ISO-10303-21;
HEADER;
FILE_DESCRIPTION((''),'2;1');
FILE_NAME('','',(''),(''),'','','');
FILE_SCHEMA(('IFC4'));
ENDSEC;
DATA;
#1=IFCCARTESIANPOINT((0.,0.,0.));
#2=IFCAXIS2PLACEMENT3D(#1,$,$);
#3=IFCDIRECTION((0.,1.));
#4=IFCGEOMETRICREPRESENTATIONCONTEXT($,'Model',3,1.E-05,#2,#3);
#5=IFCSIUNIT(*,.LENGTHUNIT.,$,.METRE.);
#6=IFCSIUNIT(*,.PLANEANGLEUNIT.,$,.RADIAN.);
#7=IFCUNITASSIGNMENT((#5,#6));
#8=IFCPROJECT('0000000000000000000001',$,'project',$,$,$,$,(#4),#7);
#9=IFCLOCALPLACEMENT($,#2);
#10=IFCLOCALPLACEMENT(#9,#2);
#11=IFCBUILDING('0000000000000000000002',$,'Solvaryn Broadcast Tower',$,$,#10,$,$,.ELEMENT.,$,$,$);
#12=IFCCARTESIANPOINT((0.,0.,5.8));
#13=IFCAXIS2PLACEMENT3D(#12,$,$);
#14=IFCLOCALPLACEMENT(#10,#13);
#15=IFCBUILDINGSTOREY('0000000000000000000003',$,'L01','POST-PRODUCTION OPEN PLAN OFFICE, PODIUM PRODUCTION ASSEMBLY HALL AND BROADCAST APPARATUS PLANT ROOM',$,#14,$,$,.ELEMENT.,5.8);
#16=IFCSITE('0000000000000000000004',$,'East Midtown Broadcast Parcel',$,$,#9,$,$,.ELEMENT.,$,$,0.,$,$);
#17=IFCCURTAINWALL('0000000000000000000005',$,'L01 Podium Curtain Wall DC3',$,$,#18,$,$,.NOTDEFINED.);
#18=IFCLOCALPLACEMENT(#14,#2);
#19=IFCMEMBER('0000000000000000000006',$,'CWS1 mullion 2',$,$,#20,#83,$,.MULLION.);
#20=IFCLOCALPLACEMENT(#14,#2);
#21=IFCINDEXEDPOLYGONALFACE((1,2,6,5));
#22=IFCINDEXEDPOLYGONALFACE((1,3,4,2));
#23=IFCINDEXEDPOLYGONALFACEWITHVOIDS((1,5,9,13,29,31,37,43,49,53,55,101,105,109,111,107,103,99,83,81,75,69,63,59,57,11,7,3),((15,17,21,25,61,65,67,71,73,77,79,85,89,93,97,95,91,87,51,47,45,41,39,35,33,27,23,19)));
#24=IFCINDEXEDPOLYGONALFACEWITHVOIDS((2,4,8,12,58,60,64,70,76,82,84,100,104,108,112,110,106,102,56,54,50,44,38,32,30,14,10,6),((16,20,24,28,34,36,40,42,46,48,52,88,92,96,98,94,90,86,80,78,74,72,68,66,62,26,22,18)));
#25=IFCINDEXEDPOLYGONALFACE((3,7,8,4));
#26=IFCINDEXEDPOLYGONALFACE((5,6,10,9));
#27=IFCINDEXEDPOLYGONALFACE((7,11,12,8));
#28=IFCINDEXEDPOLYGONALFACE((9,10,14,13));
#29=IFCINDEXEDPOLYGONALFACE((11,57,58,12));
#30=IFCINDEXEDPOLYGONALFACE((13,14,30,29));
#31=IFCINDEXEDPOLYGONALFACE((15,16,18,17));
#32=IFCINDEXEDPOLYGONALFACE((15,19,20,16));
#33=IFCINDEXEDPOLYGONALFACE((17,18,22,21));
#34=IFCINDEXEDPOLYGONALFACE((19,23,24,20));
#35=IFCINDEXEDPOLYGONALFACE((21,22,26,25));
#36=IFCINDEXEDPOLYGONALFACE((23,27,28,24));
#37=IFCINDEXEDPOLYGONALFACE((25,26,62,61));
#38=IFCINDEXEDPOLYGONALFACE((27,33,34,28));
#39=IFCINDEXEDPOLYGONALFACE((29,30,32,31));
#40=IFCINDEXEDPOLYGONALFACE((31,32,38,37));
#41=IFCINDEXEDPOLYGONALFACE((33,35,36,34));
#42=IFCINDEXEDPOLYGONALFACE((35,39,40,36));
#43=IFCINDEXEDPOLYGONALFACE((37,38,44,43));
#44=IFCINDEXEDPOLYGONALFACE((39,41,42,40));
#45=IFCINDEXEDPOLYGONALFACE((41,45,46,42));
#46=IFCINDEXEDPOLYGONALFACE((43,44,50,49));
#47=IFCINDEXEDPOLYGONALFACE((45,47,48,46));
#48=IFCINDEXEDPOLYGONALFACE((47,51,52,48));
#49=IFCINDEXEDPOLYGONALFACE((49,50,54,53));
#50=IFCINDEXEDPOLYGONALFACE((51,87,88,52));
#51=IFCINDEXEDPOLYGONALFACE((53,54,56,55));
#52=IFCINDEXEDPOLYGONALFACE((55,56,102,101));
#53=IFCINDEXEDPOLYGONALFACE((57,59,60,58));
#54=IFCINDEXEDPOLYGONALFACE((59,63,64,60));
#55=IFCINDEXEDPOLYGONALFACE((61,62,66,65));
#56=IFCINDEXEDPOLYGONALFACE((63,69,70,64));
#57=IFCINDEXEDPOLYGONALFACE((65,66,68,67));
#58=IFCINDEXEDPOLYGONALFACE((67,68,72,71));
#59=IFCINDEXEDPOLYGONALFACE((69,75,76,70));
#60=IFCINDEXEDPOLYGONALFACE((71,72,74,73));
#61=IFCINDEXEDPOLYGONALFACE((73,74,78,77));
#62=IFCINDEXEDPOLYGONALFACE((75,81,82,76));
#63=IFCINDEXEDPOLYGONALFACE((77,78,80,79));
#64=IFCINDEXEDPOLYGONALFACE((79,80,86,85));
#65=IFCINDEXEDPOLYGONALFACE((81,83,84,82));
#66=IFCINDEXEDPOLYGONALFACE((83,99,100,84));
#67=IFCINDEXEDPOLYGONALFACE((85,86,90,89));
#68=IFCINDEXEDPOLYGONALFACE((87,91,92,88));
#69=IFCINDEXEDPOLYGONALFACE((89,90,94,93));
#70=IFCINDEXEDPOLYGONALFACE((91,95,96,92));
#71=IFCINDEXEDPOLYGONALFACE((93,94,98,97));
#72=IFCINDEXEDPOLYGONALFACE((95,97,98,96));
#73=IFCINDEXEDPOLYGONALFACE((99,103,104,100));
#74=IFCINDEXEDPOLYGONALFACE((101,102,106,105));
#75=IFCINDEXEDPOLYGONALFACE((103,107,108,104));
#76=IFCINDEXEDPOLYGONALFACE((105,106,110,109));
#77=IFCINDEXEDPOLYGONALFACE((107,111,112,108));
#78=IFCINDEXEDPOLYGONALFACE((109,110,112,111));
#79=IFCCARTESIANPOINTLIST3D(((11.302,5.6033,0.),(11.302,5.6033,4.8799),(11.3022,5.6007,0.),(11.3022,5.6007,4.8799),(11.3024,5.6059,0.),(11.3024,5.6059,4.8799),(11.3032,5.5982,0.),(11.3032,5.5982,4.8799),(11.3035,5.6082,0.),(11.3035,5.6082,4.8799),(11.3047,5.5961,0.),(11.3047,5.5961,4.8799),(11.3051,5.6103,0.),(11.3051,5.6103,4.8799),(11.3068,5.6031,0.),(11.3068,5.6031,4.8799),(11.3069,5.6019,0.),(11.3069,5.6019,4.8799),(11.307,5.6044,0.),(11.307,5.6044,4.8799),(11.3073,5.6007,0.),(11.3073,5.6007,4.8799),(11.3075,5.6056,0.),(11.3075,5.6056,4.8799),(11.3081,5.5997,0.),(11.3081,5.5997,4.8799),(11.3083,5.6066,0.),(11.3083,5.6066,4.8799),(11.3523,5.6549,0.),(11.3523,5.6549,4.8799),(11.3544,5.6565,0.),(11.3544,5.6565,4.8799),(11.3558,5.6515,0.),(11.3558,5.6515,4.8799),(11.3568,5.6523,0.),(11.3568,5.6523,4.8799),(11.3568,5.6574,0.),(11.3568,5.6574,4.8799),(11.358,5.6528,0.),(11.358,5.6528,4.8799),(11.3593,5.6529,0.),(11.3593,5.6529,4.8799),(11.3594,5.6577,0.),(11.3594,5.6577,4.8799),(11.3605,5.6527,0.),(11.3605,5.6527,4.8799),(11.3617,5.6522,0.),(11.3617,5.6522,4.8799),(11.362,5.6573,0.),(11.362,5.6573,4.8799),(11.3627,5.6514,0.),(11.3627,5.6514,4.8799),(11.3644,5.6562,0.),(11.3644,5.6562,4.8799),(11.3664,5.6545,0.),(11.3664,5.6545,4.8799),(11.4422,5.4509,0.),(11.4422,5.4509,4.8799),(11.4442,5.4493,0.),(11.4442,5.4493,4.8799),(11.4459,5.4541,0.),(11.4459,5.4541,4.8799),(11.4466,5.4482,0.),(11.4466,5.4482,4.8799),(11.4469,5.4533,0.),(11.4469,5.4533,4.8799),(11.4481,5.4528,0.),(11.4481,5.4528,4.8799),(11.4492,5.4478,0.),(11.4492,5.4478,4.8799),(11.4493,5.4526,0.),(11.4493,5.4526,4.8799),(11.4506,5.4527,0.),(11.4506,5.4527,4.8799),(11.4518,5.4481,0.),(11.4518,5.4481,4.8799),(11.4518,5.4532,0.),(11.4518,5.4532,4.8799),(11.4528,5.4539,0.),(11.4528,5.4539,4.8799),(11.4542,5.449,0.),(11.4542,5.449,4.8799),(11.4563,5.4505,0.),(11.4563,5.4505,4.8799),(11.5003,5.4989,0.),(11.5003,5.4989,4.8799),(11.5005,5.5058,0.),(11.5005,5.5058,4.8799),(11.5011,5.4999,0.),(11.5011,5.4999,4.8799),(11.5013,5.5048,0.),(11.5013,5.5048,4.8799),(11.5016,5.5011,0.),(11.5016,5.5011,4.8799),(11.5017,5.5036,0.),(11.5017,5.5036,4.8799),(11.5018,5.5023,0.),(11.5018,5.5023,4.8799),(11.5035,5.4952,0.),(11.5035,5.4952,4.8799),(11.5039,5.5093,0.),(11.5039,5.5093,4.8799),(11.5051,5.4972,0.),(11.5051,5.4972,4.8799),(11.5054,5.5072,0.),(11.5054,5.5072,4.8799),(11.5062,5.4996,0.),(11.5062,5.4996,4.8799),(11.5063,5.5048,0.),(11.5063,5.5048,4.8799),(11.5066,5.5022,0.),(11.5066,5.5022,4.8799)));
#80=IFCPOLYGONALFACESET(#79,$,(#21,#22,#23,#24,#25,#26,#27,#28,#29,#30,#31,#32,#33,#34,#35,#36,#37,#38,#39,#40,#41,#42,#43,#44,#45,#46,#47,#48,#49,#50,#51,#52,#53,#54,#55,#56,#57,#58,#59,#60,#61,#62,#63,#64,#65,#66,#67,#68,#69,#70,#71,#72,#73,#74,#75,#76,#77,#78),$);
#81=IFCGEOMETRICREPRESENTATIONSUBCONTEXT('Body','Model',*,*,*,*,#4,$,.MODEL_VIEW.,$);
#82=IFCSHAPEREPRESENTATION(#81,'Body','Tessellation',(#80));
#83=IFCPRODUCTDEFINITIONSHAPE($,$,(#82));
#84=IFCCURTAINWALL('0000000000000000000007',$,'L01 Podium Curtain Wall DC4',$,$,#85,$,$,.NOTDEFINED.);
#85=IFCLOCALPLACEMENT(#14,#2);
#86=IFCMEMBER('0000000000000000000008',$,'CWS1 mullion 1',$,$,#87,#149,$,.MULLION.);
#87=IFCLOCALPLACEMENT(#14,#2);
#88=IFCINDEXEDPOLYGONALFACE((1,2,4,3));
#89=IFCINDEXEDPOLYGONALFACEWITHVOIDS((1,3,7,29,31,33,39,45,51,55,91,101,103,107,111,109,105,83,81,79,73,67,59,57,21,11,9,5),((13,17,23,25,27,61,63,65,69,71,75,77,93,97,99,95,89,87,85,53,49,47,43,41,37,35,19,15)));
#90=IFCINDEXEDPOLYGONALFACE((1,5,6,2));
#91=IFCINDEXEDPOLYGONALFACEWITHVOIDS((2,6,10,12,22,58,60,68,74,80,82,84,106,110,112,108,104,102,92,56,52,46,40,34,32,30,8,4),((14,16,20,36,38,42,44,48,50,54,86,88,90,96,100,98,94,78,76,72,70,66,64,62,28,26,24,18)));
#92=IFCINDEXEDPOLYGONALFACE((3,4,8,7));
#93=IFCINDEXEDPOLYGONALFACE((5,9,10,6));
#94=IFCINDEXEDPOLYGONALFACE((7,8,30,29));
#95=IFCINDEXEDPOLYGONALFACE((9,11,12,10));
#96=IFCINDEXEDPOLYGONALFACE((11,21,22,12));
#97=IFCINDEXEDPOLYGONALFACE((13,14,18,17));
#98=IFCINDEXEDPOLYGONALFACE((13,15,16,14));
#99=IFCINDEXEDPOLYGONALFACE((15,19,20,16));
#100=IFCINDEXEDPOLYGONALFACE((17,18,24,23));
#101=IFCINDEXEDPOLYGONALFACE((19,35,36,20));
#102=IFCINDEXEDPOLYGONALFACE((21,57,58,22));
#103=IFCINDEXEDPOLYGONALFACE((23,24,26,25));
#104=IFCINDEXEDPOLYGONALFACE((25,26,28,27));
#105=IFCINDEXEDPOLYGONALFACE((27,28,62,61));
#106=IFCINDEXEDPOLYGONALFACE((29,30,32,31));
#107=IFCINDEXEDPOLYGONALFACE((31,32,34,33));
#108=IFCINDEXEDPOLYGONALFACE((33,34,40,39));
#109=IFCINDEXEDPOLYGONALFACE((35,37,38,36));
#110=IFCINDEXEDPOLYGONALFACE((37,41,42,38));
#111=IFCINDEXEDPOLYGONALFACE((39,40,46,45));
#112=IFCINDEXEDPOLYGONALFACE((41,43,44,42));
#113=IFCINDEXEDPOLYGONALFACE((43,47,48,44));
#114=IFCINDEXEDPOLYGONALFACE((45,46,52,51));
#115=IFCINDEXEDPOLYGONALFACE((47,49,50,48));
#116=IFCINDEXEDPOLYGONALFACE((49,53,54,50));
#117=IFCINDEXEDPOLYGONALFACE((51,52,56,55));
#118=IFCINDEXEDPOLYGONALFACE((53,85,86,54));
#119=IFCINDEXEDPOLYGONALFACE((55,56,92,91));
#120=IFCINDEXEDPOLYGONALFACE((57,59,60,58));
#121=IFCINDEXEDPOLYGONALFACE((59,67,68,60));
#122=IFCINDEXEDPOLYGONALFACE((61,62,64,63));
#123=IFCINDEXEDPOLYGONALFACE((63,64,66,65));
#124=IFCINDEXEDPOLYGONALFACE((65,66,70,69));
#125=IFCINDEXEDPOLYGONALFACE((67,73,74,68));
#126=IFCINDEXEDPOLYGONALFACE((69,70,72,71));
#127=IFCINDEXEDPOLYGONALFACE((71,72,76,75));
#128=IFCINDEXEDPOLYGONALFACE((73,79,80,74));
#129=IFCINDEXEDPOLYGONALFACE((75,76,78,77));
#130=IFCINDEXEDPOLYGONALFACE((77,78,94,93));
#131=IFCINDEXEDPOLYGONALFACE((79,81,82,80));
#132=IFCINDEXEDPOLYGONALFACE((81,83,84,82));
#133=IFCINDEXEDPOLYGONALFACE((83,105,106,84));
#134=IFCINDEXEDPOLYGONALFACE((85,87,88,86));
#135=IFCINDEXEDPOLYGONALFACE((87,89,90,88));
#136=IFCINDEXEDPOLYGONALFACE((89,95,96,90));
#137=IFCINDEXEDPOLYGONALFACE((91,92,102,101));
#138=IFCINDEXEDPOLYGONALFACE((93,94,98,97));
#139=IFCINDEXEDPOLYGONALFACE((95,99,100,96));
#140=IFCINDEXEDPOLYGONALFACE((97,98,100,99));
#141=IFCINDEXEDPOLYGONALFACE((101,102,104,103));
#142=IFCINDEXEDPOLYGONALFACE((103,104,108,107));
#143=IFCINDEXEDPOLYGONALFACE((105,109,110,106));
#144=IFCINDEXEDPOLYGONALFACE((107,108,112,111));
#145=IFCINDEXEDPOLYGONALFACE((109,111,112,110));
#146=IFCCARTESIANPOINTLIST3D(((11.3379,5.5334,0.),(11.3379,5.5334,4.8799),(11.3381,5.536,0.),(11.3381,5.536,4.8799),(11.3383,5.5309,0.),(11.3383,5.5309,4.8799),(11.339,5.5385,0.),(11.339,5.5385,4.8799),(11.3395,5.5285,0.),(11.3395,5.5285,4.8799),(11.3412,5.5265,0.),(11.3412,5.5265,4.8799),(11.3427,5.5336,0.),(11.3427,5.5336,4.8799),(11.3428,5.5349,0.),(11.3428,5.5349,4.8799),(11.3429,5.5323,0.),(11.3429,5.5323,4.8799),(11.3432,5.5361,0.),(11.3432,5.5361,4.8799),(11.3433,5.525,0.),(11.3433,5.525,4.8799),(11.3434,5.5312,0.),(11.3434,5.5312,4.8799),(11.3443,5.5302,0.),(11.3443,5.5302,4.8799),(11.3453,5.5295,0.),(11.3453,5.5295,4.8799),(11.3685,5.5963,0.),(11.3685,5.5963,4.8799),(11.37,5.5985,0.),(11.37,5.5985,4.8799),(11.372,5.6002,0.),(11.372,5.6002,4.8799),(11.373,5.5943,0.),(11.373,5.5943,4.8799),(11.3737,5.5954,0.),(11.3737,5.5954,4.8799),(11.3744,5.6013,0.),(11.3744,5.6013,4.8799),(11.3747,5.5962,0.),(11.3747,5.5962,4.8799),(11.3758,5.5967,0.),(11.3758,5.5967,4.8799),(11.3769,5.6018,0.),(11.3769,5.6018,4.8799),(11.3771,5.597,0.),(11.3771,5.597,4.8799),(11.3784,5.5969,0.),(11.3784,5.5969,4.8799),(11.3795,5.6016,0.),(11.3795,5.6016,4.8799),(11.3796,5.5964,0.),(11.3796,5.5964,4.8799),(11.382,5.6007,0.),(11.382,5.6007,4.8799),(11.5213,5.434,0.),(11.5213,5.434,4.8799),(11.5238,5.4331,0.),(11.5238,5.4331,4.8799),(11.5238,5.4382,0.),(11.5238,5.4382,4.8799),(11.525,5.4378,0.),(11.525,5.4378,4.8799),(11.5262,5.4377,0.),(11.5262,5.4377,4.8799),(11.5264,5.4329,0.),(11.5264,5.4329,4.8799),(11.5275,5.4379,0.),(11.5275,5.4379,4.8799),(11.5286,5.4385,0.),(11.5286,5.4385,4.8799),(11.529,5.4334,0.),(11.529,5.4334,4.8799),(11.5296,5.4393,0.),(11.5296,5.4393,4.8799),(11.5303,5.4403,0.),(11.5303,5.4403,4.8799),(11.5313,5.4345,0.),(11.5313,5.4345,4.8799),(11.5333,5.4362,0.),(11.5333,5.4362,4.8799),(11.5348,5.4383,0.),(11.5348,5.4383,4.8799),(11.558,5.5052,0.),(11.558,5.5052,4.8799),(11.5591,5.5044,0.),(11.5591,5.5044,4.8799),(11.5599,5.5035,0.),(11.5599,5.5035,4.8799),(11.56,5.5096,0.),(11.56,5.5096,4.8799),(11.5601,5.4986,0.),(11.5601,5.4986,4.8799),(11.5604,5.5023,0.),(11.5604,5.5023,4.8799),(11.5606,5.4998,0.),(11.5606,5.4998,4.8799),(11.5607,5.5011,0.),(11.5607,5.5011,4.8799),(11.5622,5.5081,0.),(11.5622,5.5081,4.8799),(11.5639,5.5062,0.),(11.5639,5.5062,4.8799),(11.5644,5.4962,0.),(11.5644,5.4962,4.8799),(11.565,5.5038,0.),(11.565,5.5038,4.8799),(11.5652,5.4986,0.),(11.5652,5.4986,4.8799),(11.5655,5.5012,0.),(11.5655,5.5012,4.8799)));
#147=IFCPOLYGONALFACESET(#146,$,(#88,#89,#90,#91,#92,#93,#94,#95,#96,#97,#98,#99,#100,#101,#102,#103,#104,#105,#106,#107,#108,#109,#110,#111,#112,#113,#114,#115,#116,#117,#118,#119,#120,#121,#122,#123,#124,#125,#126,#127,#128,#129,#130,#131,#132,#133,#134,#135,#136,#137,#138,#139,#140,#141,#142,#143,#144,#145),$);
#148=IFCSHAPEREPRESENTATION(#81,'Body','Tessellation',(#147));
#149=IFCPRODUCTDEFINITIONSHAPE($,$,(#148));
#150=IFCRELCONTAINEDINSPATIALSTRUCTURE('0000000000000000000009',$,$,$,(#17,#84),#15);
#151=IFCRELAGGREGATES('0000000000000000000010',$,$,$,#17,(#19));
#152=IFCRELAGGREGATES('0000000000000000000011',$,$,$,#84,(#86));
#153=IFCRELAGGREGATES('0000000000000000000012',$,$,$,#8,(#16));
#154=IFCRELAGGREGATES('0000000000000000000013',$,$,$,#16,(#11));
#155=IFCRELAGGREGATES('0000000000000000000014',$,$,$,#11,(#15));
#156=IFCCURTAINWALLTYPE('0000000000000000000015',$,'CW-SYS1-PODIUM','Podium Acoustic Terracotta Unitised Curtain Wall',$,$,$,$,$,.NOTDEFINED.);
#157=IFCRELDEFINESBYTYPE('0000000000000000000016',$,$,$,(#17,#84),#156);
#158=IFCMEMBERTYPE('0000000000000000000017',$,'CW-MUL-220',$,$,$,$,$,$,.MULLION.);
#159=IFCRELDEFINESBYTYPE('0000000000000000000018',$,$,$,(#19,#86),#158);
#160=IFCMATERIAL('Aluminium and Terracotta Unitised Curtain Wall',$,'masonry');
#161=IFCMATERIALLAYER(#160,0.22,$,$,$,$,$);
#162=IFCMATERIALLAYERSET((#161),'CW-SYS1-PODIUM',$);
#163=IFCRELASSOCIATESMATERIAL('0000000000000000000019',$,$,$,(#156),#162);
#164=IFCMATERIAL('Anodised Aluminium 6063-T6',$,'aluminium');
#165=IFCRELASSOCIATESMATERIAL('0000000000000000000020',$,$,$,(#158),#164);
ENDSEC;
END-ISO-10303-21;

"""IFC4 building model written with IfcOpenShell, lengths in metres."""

from ifc_helpers import new_model, si_unit, direction, frame, origin, origin_2d, place, context, subcontext, project, spatial, hollow_rectangle, extrude, material, layer, layer_set, material_profile, profile_set, type_object, element, aggregate, save


model = new_model("IFC4")

# Units and contexts
model_context = context("Model", 3, precision=1e-05, world=origin(), true_north=direction((0.0, 1.0)))
body_context = subcontext(model_context, "Body", "Model", "MODEL_VIEW")
ifc_project = project(units=[si_unit("LENGTHUNIT", "METRE"), si_unit("PLANEANGLEUNIT", "RADIAN")], contexts=[model_context])

# Site, building, storey
site_placement = place(None, origin())
site = spatial("IfcSite", under=ifc_project, at=site_placement, Name="East Midtown Broadcast Parcel", CompositionType="ELEMENT", RefElevation=0.0)
building_placement = place(site_placement, origin())
building = spatial("IfcBuilding", under=site, at=building_placement, Name="Solvaryn Broadcast Tower", CompositionType="ELEMENT")
storey_placement = place(building_placement, frame((0.0, 0.0, 5.8)))
storey = spatial("IfcBuildingStorey", under=building, at=storey_placement, Name="L01", Description="POST-PRODUCTION OPEN PLAN OFFICE, PODIUM PRODUCTION ASSEMBLY HALL AND BROADCAST APPARATUS PLANT ROOM", CompositionType="ELEMENT", Elevation=5.8)

# Curtain wall, member
ifc_material_1 = material(Name="Aluminium and Terracotta Unitised Curtain Wall", Category="masonry")
ifc_layer_1 = layer(ifc_material_1, 0.22)
ifc_layer_set_1 = layer_set([ifc_layer_1], Name="CW-SYS1-PODIUM")
curtain_wall_type = type_object("IfcCurtainWallType", Name="CW-SYS1-PODIUM", Description="Podium Acoustic Terracotta Unitised Curtain Wall", PredefinedType="NOTDEFINED", material=ifc_layer_set_1)
curtain_wall_1_placement = place(storey_placement, origin())
curtain_wall_1 = element("IfcCurtainWall", 1, at=curtain_wall_1_placement, inside=storey, type_object=curtain_wall_type, Name="L01 Podium Curtain Wall DC3", PredefinedType="NOTDEFINED")
ifc_material_2 = material(Name="Anodised Aluminium 6063-T6", Category="aluminium")
ifc_material_profile_1 = material_profile(ifc_material_2, hollow_rectangle(XDim=0.085, YDim=0.22, WallThickness=0.0049, InnerFilletRadius=0.0049, OuterFilletRadius=0.01, at=origin_2d()))
ifc_profile_set_1 = profile_set([ifc_material_profile_1], Name="Anodised Aluminium 6063-T6")
member_type_1 = type_object("IfcMemberType", Name="CW-MUL-220", PredefinedType="MULLION", material=ifc_profile_set_1)
member_1_placement = place(storey_placement, frame((11.4043, 5.5527, 0.0), z_axis=(0.0, 0.0, 1.0), x_axis=(0.726151, 0.687535, 0.0)))
member_1 = element("IfcMember", 2, at=member_1_placement, type_object=member_type_1, Name="CWS1 mullion 2", PredefinedType="MULLION", context=body_context, shape_type="SweptSolid", body=[
    extrude(hollow_rectangle(XDim=0.085, YDim=0.22, WallThickness=0.0049, InnerFilletRadius=0.0049, OuterFilletRadius=0.01, at=origin_2d()), origin(), (0.0, 0.0, 1.0), 4.8799),
])
aggregate(curtain_wall_1, [member_1])

# Curtain wall, member
curtain_wall_2_placement = place(storey_placement, origin())
curtain_wall_2 = element("IfcCurtainWall", 3, at=curtain_wall_2_placement, inside=storey, type_object=curtain_wall_type, Name="L01 Podium Curtain Wall DC4", PredefinedType="NOTDEFINED")
member_2_placement = place(storey_placement, frame((11.4517, 5.5173, 0.0), z_axis=(0.0, 0.0, 1.0), x_axis=(0.455342, 0.890317, 0.0)))
member_2 = element("IfcMember", 4, at=member_2_placement, type_object=member_type_1, Name="CWS1 mullion 1", PredefinedType="MULLION", context=body_context, shape_type="SweptSolid", body=[
    extrude(hollow_rectangle(XDim=0.085, YDim=0.22, WallThickness=0.0049, InnerFilletRadius=0.0049, OuterFilletRadius=0.01, at=origin_2d()), origin(), (0.0, 0.0, 1.0), 4.8799),
])

aggregate(curtain_wall_2, [member_2])

save(model, "model.ifc")
